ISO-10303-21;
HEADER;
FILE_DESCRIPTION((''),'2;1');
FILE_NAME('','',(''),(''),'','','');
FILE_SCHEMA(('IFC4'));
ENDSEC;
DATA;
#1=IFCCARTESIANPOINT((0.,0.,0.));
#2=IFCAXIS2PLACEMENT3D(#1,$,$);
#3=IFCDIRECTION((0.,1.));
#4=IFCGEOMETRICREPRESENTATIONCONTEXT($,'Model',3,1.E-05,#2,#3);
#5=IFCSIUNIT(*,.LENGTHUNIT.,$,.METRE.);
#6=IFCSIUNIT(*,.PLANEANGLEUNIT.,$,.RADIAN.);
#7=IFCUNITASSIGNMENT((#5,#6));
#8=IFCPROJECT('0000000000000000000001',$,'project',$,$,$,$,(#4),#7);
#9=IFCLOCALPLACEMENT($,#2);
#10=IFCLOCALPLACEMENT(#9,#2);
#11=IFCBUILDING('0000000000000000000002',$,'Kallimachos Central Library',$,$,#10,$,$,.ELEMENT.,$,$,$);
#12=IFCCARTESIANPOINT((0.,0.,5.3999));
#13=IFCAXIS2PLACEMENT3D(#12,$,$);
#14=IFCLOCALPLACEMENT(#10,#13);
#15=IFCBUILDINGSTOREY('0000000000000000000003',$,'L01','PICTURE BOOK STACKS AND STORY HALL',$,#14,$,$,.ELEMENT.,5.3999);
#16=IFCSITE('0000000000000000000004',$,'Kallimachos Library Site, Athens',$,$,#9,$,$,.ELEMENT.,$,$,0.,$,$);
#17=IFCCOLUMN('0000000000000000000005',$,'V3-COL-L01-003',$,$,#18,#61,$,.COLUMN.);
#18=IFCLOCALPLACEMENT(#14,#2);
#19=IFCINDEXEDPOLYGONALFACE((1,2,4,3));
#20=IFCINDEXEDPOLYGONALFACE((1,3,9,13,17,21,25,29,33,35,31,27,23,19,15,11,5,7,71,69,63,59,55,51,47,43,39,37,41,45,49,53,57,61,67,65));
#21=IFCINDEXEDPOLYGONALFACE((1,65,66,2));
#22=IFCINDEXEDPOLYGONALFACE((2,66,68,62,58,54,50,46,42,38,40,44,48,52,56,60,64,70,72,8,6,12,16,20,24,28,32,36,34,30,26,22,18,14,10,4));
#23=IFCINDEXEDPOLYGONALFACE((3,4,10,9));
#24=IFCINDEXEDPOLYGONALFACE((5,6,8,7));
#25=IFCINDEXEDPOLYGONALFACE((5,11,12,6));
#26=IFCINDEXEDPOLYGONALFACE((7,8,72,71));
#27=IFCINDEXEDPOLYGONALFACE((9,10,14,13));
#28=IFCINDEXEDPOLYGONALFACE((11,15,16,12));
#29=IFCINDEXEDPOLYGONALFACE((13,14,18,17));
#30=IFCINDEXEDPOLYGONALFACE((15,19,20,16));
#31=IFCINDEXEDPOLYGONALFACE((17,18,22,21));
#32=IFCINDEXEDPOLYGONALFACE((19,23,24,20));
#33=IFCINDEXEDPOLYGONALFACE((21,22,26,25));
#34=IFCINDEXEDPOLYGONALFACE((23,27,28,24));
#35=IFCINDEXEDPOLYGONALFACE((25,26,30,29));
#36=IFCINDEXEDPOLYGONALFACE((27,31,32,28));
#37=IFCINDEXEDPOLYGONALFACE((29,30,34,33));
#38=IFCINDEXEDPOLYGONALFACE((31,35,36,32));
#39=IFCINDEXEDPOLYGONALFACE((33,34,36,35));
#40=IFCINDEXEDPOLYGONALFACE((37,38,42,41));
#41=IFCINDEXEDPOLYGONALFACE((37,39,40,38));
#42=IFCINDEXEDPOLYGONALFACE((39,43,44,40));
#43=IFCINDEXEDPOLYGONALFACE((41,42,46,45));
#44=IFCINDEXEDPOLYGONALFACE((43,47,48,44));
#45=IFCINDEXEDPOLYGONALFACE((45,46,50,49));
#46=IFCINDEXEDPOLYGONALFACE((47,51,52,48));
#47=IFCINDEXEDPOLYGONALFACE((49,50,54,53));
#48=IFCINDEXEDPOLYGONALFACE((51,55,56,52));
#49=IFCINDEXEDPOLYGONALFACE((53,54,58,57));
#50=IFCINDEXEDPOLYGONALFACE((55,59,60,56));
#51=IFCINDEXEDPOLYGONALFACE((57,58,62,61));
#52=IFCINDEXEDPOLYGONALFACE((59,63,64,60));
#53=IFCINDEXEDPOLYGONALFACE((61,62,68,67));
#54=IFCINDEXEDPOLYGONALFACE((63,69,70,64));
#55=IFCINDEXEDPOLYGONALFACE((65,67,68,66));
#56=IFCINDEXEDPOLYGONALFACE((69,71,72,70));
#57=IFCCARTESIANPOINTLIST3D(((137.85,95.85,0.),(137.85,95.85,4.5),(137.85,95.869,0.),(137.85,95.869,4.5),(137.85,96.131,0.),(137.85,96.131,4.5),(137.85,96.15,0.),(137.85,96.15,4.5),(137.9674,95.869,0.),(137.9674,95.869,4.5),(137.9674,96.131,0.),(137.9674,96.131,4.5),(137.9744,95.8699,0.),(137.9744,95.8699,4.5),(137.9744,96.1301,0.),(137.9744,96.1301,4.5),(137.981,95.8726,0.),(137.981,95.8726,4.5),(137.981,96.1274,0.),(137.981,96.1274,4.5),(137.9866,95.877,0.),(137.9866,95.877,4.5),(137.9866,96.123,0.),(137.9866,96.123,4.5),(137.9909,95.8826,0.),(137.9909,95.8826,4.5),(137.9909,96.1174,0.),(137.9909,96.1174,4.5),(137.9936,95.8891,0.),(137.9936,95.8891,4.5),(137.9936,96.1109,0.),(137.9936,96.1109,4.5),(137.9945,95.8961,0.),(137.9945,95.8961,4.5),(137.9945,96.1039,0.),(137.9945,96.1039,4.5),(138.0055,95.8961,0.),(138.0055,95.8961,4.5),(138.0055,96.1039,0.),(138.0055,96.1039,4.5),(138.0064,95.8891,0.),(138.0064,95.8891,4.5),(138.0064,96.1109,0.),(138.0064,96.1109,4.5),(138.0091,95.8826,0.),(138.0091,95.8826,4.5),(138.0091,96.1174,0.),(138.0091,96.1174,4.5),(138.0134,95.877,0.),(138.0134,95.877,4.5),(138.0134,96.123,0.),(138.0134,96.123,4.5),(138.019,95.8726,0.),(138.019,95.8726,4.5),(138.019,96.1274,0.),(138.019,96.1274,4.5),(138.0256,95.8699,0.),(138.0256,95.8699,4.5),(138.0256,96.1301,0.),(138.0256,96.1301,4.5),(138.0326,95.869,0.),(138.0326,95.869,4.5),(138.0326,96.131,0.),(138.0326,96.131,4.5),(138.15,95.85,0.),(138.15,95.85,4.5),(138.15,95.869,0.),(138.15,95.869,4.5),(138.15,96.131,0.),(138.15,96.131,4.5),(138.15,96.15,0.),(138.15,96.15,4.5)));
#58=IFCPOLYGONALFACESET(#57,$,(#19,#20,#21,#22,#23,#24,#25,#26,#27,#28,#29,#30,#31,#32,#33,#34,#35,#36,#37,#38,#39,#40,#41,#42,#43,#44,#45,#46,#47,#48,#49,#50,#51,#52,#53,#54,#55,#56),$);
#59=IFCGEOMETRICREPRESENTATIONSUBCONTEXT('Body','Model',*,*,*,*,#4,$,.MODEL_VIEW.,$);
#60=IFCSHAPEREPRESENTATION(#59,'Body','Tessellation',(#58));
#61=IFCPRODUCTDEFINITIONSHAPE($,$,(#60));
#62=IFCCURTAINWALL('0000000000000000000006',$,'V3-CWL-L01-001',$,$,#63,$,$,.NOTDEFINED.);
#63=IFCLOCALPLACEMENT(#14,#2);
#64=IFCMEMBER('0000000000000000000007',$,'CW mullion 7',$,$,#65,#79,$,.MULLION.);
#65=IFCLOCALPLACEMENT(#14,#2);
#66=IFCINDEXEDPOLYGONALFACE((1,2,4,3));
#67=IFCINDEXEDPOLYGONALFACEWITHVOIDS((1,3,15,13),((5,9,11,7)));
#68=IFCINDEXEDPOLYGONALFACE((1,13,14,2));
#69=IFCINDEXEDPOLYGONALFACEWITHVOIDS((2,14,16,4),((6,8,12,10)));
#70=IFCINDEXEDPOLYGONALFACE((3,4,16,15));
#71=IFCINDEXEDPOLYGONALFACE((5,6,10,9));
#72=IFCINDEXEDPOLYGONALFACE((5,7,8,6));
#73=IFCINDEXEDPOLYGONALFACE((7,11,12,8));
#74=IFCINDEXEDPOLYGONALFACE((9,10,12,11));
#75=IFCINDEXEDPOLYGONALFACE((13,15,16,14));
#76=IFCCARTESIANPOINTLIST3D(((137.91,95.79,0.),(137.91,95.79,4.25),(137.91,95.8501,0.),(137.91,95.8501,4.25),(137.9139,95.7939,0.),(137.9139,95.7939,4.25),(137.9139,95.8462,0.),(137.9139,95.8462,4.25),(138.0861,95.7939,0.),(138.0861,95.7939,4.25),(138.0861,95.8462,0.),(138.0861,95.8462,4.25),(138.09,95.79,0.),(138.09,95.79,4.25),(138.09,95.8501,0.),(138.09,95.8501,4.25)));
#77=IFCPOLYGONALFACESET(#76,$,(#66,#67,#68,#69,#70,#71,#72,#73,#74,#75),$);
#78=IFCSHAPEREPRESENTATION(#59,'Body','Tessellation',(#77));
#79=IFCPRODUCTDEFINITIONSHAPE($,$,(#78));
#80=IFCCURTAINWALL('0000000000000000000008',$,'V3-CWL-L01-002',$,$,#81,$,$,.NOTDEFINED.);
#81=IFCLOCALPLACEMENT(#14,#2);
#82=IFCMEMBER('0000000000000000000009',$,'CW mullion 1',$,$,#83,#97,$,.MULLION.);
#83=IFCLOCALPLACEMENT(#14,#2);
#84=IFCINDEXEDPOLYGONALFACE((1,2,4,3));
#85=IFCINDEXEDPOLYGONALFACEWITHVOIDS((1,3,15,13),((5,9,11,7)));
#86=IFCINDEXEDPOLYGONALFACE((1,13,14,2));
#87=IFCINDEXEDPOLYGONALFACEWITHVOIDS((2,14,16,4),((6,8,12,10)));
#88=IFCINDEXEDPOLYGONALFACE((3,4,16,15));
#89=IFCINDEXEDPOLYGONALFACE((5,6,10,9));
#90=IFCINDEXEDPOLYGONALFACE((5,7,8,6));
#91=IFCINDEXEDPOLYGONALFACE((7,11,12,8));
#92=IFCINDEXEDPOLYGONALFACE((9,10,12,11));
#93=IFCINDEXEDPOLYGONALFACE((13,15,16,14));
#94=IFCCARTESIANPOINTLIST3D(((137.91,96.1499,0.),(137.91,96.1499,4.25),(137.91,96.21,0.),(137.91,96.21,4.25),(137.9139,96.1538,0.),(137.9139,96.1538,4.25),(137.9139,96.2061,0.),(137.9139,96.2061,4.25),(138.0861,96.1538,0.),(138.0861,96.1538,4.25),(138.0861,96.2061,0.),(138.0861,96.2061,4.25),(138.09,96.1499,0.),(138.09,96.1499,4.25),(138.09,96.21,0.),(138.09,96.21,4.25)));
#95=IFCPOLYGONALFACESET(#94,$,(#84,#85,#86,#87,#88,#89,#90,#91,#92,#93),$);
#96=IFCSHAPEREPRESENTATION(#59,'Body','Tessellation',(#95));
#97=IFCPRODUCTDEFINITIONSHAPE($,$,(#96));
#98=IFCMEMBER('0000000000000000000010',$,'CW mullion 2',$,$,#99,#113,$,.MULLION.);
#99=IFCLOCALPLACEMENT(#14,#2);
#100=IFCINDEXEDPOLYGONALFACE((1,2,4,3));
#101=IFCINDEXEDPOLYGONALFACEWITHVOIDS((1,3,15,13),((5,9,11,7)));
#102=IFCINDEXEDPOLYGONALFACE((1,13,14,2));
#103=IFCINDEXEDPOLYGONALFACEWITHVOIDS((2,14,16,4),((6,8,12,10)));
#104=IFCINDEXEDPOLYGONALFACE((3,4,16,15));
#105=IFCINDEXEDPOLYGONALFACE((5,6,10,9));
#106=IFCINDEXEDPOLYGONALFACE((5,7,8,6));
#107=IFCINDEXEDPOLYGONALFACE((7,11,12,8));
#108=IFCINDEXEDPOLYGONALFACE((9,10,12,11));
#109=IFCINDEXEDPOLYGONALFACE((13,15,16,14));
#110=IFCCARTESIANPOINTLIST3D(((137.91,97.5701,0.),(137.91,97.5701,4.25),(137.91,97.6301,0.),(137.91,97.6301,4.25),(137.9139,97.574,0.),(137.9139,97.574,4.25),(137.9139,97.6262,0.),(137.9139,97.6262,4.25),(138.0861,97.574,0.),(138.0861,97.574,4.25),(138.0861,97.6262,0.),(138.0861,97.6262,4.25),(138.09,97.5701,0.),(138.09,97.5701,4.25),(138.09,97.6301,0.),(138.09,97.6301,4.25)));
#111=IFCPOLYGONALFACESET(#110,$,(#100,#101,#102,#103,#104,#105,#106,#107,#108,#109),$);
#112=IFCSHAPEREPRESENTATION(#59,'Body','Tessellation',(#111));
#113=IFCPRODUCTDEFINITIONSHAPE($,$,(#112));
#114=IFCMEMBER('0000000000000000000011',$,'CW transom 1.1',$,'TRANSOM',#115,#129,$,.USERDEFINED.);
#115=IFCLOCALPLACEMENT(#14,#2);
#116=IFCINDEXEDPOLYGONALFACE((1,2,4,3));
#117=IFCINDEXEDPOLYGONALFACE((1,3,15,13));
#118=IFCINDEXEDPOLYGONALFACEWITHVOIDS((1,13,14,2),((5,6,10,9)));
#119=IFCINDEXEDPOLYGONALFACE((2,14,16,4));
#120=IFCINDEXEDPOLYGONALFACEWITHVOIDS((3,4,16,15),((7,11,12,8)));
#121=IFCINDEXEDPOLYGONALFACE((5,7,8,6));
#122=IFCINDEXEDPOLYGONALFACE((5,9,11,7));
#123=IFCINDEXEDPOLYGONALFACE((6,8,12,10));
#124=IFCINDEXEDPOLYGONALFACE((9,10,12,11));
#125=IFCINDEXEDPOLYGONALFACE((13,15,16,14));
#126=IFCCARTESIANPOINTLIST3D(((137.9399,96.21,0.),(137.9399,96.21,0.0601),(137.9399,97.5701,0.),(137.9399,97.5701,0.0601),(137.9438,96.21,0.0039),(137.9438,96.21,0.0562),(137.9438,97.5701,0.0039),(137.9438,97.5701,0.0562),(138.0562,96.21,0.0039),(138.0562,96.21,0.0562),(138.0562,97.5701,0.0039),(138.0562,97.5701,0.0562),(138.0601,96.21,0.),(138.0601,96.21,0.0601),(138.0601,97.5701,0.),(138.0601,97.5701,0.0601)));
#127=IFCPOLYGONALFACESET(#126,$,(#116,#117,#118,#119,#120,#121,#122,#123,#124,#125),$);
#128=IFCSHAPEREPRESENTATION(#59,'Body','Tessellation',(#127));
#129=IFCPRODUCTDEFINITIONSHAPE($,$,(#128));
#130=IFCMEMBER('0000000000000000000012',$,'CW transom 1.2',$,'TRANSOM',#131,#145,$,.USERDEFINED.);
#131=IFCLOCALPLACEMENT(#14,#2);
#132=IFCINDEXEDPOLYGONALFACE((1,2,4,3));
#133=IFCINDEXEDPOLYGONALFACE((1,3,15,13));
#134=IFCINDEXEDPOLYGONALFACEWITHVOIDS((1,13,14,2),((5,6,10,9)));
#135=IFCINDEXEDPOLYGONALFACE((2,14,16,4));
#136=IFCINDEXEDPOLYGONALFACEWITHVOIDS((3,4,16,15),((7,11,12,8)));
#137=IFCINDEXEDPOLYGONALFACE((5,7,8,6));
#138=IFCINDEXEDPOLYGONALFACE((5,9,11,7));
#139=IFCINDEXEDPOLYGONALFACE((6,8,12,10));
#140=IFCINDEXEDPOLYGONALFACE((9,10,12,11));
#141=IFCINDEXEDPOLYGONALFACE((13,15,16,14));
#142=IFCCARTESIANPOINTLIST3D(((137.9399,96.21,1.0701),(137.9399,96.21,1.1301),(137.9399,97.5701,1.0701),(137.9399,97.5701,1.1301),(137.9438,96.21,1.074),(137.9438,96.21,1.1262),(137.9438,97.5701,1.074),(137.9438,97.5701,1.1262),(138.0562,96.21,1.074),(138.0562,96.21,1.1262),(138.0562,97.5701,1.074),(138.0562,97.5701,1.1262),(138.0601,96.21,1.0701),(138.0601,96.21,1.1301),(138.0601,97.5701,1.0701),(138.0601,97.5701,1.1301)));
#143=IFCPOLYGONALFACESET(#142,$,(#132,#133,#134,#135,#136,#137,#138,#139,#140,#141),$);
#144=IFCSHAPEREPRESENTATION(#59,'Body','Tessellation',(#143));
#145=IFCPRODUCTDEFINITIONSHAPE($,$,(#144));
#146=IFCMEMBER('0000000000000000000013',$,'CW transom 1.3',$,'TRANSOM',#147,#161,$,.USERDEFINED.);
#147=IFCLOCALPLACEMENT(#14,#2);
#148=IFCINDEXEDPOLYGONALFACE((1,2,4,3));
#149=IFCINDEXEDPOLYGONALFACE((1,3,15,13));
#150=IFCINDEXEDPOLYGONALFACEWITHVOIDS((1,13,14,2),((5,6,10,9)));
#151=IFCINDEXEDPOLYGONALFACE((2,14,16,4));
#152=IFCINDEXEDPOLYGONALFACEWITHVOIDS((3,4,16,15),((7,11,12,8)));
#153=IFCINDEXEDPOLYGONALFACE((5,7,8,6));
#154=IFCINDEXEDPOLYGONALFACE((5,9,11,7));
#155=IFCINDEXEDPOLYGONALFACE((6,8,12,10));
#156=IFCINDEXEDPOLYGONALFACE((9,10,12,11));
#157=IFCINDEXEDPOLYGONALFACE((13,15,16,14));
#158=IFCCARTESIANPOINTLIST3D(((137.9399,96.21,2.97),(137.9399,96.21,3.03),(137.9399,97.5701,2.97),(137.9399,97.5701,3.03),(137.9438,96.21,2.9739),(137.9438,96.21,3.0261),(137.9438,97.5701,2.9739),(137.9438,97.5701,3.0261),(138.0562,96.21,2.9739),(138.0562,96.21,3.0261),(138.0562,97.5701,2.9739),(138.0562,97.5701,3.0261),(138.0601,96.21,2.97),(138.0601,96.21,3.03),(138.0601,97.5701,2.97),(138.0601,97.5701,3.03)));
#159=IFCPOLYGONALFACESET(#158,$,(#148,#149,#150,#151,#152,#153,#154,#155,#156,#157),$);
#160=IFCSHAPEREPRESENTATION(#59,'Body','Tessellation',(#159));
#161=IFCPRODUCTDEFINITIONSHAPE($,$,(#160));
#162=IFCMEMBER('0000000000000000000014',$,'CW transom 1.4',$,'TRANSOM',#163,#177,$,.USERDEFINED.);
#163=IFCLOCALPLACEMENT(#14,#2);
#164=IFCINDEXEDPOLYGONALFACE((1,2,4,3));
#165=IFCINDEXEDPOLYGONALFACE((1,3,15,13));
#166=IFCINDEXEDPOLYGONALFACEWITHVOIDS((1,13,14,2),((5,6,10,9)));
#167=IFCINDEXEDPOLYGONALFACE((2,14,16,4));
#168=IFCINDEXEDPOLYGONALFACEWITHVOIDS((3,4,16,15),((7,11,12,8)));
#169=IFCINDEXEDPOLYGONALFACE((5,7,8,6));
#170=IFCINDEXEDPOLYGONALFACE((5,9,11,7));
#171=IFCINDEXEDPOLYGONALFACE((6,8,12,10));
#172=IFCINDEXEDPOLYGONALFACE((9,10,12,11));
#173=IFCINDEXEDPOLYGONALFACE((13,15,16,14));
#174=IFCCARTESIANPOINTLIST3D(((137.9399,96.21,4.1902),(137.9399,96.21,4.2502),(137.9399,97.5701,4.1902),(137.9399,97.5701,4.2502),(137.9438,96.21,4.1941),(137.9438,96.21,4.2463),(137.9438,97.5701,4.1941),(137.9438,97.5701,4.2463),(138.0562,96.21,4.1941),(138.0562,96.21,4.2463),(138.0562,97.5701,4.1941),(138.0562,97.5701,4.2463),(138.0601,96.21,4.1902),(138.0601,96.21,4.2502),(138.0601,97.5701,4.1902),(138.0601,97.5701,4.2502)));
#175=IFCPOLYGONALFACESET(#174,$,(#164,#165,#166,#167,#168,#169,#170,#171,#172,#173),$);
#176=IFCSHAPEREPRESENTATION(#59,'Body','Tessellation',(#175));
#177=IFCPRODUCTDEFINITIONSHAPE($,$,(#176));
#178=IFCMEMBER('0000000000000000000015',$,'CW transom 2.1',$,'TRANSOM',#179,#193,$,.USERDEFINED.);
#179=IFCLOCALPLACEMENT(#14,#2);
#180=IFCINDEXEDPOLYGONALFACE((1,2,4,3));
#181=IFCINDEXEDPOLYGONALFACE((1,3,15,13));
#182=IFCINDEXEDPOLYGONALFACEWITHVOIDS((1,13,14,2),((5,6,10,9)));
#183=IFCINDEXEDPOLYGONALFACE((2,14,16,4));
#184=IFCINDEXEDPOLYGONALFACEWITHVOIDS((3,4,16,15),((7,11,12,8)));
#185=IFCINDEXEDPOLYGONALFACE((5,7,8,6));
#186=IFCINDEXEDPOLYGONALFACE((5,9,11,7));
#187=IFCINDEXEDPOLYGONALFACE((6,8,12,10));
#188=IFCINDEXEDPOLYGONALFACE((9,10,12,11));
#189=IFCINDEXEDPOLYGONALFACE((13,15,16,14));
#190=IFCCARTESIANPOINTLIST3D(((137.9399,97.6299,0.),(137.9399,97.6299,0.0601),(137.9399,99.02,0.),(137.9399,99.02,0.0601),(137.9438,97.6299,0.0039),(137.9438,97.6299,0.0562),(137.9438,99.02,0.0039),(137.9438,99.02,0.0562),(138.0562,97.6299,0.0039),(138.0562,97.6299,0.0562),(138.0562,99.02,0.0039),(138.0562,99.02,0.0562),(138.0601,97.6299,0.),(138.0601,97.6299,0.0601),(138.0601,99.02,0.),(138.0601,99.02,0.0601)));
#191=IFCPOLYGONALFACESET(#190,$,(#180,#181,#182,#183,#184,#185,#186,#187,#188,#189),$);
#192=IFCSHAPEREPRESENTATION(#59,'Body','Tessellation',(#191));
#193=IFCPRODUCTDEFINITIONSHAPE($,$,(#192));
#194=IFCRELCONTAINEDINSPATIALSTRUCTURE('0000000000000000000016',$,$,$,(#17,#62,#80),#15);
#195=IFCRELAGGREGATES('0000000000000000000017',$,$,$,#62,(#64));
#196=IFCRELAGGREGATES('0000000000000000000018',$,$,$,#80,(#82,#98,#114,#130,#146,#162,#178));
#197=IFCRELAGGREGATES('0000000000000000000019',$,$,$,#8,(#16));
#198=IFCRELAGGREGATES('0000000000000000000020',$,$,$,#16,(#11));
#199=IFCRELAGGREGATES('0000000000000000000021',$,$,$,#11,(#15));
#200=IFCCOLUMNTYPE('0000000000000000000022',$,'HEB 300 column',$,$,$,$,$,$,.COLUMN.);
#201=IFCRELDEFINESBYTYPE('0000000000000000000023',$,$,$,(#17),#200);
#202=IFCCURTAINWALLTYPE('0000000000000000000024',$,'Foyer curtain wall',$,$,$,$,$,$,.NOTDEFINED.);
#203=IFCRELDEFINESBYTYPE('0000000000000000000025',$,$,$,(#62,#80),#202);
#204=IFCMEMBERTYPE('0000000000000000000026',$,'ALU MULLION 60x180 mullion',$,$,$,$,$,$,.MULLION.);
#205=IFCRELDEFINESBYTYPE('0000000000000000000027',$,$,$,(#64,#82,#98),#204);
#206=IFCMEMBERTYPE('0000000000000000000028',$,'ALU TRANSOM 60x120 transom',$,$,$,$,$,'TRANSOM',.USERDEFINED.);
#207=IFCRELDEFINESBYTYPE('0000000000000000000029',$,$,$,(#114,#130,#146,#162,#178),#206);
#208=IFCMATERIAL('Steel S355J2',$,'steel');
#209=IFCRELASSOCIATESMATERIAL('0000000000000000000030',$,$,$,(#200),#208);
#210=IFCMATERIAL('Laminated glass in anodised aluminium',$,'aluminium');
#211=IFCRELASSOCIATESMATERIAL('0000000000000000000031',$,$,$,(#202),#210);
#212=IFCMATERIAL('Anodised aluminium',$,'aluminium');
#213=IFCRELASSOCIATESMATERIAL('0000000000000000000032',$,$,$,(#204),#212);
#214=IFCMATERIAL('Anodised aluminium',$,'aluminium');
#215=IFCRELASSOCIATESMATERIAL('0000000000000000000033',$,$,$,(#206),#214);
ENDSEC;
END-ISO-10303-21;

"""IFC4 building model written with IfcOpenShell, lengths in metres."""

from ifc_helpers import new_model, si_unit, direction, frame, origin, origin_2d, place, context, subcontext, project, spatial, hollow_rectangle, i_section, extrude, material, material_profile, profile_set, type_object, element, aggregate, save


model = new_model("IFC4")

# Units and contexts
model_context = context("Model", 3, precision=1e-05, world=origin(), true_north=direction((0.0, 1.0)))
body_context = subcontext(model_context, "Body", "Model", "MODEL_VIEW")
ifc_project = project(units=[si_unit("LENGTHUNIT", "METRE"), si_unit("PLANEANGLEUNIT", "RADIAN")], contexts=[model_context])

# Site, building, storey
site_placement = place(None, origin())
site = spatial("IfcSite", under=ifc_project, at=site_placement, Name="Kallimachos Library Site, Athens", CompositionType="ELEMENT", RefElevation=0.0)
building_placement = place(site_placement, origin())
building = spatial("IfcBuilding", under=site, at=building_placement, Name="Kallimachos Central Library", CompositionType="ELEMENT")
storey_placement = place(building_placement, frame((0.0, 0.0, 5.3999)))
storey = spatial("IfcBuildingStorey", under=building, at=storey_placement, Name="L01", Description="PICTURE BOOK STACKS AND STORY HALL", CompositionType="ELEMENT", Elevation=5.3999)

# Column
ifc_material_1 = material(Name="Steel S355J2", Category="steel")
ifc_material_profile_1 = material_profile(ifc_material_1, i_section(OverallWidth=0.3, OverallDepth=0.3, WebThickness=0.011, FlangeThickness=0.019, FilletRadius=0.0271, at=origin_2d()), Name="HEB 300")
ifc_profile_set_1 = profile_set([ifc_material_profile_1], Name="Steel S355J2")
column_type = type_object("IfcColumnType", Name="HEB 300 column", PredefinedType="COLUMN", material=ifc_profile_set_1)
column_placement = place(storey_placement, frame((138.0, 96.0, 0.0), z_axis=(0.0, 0.0, 1.0), x_axis=(1.0, 0.0, 0.0)))
element("IfcColumn", 1, at=column_placement, inside=storey, type_object=column_type, Name="V3-COL-L01-003", PredefinedType="COLUMN", context=body_context, shape_type="SweptSolid", body=[
    extrude(i_section(OverallWidth=0.3, OverallDepth=0.3, WebThickness=0.011, FlangeThickness=0.019, FilletRadius=0.0271, at=origin_2d()), origin(), (0.0, 0.0, 1.0), 4.5),
])

# Curtain wall, member
ifc_material_2 = material(Name="Laminated glass in anodised aluminium", Category="aluminium")
curtain_wall_type = type_object("IfcCurtainWallType", Name="Foyer curtain wall", PredefinedType="NOTDEFINED", material=ifc_material_2)
curtain_wall_1_placement = place(storey_placement, origin())
curtain_wall_1 = element("IfcCurtainWall", 2, at=curtain_wall_1_placement, inside=storey, type_object=curtain_wall_type, Name="V3-CWL-L01-001", PredefinedType="NOTDEFINED")
ifc_material_3 = material(Name="Anodised aluminium", Category="aluminium")
ifc_material_profile_2 = material_profile(ifc_material_3, hollow_rectangle(XDim=0.0601, YDim=0.1799, WallThickness=0.0039, at=origin_2d()), Name="ALU MULLION 60x180")
ifc_profile_set_2 = profile_set([ifc_material_profile_2], Name="Anodised aluminium")
member_type_1 = type_object("IfcMemberType", Name="ALU MULLION 60x180 mullion", PredefinedType="MULLION", material=ifc_profile_set_2)
member_1_placement = place(storey_placement, frame((138.0, 95.8201, 0.0), z_axis=(0.0, 0.0, 1.0), x_axis=(0.0, 1.0, 0.0)))
member_1 = element("IfcMember", 3, at=member_1_placement, type_object=member_type_1, Name="CW mullion 7", PredefinedType="MULLION", context=body_context, shape_type="SweptSolid", body=[
    extrude(hollow_rectangle(XDim=0.0601, YDim=0.1799, WallThickness=0.0039, at=origin_2d()), origin(), (0.0, 0.0, 1.0), 4.25),
])

# Curtain wall, members
curtain_wall_2_placement = place(storey_placement, origin())
curtain_wall_2 = element("IfcCurtainWall", 4, at=curtain_wall_2_placement, inside=storey, type_object=curtain_wall_type, Name="V3-CWL-L01-002", PredefinedType="NOTDEFINED")
member_2_placement = place(storey_placement, frame((138.0, 96.1799, 0.0), z_axis=(0.0, 0.0, 1.0), x_axis=(0.0, 1.0, 0.0)))
member_2 = element("IfcMember", 5, at=member_2_placement, type_object=member_type_1, Name="CW mullion 1", PredefinedType="MULLION", context=body_context, shape_type="SweptSolid", body=[
    extrude(hollow_rectangle(XDim=0.0601, YDim=0.1799, WallThickness=0.0039, at=origin_2d()), origin(), (0.0, 0.0, 1.0), 4.25),
])
member_3_placement = place(storey_placement, frame((138.0, 97.6001, 0.0), z_axis=(0.0, 0.0, 1.0), x_axis=(0.0, 1.0, 0.0)))
member_3 = element("IfcMember", 6, at=member_3_placement, type_object=member_type_1, Name="CW mullion 2", PredefinedType="MULLION", context=body_context, shape_type="SweptSolid", body=[
    extrude(hollow_rectangle(XDim=0.0601, YDim=0.1799, WallThickness=0.0039, at=origin_2d()), origin(), (0.0, 0.0, 1.0), 4.25),
])
ifc_material_4 = material(Name="Anodised aluminium", Category="aluminium")
ifc_material_profile_3 = material_profile(ifc_material_4, hollow_rectangle(XDim=0.0601, YDim=0.1201, WallThickness=0.0039, at=origin_2d()), Name="ALU TRANSOM 60x120")
ifc_profile_set_3 = profile_set([ifc_material_profile_3], Name="Anodised aluminium")
member_type_2 = type_object("IfcMemberType", Name="ALU TRANSOM 60x120 transom", ElementType="TRANSOM", PredefinedType="USERDEFINED", material=ifc_profile_set_3)
member_4_placement = place(storey_placement, frame((138.0, 96.21, 0.03), z_axis=(0.0, 1.0, 0.0), x_axis=(0.0, 0.0, 1.0)))
member_4 = element("IfcMember", 7, at=member_4_placement, type_object=member_type_2, Name="CW transom 1.1", ObjectType="TRANSOM", PredefinedType="USERDEFINED", context=body_context, shape_type="SweptSolid", body=[
    extrude(hollow_rectangle(XDim=0.0601, YDim=0.1201, WallThickness=0.0039, at=origin_2d()), origin(), (0.0, 0.0, 1.0), 1.3601),
])
member_5_placement = place(storey_placement, frame((138.0, 96.21, 1.1001), z_axis=(0.0, 1.0, 0.0), x_axis=(0.0, 0.0, 1.0)))
member_5 = element("IfcMember", 8, at=member_5_placement, type_object=member_type_2, Name="CW transom 1.2", ObjectType="TRANSOM", PredefinedType="USERDEFINED", context=body_context, shape_type="SweptSolid", body=[
    extrude(hollow_rectangle(XDim=0.0601, YDim=0.1201, WallThickness=0.0039, at=origin_2d()), origin(), (0.0, 0.0, 1.0), 1.3601),
])
member_6_placement = place(storey_placement, frame((138.0, 96.21, 3.0), z_axis=(0.0, 1.0, 0.0), x_axis=(0.0, 0.0, 1.0)))
member_6 = element("IfcMember", 9, at=member_6_placement, type_object=member_type_2, Name="CW transom 1.3", ObjectType="TRANSOM", PredefinedType="USERDEFINED", context=body_context, shape_type="SweptSolid", body=[
    extrude(hollow_rectangle(XDim=0.0601, YDim=0.1201, WallThickness=0.0039, at=origin_2d()), origin(), (0.0, 0.0, 1.0), 1.3601),
])
member_7_placement = place(storey_placement, frame((138.0, 96.21, 4.2202), z_axis=(0.0, 1.0, 0.0), x_axis=(0.0, 0.0, 1.0)))
member_7 = element("IfcMember", 10, at=member_7_placement, type_object=member_type_2, Name="CW transom 1.4", ObjectType="TRANSOM", PredefinedType="USERDEFINED", context=body_context, shape_type="SweptSolid", body=[
    extrude(hollow_rectangle(XDim=0.0601, YDim=0.1201, WallThickness=0.0039, at=origin_2d()), origin(), (0.0, 0.0, 1.0), 1.3601),
])
member_8_placement = place(storey_placement, frame((138.0, 97.6299, 0.03), z_axis=(0.0, 1.0, 0.0), x_axis=(0.0, 0.0, 1.0)))
member_8 = element("IfcMember", 11, at=member_8_placement, type_object=member_type_2, Name="CW transom 2.1", ObjectType="TRANSOM", PredefinedType="USERDEFINED", context=body_context, shape_type="SweptSolid", body=[
    extrude(hollow_rectangle(XDim=0.0601, YDim=0.1201, WallThickness=0.0039, at=origin_2d()), origin(), (0.0, 0.0, 1.0), 1.3901),
])

aggregate(curtain_wall_1, [member_1])
aggregate(curtain_wall_2, [member_2, member_3, member_4, member_5, member_6, member_7, member_8])

save(model, "model.ifc")
